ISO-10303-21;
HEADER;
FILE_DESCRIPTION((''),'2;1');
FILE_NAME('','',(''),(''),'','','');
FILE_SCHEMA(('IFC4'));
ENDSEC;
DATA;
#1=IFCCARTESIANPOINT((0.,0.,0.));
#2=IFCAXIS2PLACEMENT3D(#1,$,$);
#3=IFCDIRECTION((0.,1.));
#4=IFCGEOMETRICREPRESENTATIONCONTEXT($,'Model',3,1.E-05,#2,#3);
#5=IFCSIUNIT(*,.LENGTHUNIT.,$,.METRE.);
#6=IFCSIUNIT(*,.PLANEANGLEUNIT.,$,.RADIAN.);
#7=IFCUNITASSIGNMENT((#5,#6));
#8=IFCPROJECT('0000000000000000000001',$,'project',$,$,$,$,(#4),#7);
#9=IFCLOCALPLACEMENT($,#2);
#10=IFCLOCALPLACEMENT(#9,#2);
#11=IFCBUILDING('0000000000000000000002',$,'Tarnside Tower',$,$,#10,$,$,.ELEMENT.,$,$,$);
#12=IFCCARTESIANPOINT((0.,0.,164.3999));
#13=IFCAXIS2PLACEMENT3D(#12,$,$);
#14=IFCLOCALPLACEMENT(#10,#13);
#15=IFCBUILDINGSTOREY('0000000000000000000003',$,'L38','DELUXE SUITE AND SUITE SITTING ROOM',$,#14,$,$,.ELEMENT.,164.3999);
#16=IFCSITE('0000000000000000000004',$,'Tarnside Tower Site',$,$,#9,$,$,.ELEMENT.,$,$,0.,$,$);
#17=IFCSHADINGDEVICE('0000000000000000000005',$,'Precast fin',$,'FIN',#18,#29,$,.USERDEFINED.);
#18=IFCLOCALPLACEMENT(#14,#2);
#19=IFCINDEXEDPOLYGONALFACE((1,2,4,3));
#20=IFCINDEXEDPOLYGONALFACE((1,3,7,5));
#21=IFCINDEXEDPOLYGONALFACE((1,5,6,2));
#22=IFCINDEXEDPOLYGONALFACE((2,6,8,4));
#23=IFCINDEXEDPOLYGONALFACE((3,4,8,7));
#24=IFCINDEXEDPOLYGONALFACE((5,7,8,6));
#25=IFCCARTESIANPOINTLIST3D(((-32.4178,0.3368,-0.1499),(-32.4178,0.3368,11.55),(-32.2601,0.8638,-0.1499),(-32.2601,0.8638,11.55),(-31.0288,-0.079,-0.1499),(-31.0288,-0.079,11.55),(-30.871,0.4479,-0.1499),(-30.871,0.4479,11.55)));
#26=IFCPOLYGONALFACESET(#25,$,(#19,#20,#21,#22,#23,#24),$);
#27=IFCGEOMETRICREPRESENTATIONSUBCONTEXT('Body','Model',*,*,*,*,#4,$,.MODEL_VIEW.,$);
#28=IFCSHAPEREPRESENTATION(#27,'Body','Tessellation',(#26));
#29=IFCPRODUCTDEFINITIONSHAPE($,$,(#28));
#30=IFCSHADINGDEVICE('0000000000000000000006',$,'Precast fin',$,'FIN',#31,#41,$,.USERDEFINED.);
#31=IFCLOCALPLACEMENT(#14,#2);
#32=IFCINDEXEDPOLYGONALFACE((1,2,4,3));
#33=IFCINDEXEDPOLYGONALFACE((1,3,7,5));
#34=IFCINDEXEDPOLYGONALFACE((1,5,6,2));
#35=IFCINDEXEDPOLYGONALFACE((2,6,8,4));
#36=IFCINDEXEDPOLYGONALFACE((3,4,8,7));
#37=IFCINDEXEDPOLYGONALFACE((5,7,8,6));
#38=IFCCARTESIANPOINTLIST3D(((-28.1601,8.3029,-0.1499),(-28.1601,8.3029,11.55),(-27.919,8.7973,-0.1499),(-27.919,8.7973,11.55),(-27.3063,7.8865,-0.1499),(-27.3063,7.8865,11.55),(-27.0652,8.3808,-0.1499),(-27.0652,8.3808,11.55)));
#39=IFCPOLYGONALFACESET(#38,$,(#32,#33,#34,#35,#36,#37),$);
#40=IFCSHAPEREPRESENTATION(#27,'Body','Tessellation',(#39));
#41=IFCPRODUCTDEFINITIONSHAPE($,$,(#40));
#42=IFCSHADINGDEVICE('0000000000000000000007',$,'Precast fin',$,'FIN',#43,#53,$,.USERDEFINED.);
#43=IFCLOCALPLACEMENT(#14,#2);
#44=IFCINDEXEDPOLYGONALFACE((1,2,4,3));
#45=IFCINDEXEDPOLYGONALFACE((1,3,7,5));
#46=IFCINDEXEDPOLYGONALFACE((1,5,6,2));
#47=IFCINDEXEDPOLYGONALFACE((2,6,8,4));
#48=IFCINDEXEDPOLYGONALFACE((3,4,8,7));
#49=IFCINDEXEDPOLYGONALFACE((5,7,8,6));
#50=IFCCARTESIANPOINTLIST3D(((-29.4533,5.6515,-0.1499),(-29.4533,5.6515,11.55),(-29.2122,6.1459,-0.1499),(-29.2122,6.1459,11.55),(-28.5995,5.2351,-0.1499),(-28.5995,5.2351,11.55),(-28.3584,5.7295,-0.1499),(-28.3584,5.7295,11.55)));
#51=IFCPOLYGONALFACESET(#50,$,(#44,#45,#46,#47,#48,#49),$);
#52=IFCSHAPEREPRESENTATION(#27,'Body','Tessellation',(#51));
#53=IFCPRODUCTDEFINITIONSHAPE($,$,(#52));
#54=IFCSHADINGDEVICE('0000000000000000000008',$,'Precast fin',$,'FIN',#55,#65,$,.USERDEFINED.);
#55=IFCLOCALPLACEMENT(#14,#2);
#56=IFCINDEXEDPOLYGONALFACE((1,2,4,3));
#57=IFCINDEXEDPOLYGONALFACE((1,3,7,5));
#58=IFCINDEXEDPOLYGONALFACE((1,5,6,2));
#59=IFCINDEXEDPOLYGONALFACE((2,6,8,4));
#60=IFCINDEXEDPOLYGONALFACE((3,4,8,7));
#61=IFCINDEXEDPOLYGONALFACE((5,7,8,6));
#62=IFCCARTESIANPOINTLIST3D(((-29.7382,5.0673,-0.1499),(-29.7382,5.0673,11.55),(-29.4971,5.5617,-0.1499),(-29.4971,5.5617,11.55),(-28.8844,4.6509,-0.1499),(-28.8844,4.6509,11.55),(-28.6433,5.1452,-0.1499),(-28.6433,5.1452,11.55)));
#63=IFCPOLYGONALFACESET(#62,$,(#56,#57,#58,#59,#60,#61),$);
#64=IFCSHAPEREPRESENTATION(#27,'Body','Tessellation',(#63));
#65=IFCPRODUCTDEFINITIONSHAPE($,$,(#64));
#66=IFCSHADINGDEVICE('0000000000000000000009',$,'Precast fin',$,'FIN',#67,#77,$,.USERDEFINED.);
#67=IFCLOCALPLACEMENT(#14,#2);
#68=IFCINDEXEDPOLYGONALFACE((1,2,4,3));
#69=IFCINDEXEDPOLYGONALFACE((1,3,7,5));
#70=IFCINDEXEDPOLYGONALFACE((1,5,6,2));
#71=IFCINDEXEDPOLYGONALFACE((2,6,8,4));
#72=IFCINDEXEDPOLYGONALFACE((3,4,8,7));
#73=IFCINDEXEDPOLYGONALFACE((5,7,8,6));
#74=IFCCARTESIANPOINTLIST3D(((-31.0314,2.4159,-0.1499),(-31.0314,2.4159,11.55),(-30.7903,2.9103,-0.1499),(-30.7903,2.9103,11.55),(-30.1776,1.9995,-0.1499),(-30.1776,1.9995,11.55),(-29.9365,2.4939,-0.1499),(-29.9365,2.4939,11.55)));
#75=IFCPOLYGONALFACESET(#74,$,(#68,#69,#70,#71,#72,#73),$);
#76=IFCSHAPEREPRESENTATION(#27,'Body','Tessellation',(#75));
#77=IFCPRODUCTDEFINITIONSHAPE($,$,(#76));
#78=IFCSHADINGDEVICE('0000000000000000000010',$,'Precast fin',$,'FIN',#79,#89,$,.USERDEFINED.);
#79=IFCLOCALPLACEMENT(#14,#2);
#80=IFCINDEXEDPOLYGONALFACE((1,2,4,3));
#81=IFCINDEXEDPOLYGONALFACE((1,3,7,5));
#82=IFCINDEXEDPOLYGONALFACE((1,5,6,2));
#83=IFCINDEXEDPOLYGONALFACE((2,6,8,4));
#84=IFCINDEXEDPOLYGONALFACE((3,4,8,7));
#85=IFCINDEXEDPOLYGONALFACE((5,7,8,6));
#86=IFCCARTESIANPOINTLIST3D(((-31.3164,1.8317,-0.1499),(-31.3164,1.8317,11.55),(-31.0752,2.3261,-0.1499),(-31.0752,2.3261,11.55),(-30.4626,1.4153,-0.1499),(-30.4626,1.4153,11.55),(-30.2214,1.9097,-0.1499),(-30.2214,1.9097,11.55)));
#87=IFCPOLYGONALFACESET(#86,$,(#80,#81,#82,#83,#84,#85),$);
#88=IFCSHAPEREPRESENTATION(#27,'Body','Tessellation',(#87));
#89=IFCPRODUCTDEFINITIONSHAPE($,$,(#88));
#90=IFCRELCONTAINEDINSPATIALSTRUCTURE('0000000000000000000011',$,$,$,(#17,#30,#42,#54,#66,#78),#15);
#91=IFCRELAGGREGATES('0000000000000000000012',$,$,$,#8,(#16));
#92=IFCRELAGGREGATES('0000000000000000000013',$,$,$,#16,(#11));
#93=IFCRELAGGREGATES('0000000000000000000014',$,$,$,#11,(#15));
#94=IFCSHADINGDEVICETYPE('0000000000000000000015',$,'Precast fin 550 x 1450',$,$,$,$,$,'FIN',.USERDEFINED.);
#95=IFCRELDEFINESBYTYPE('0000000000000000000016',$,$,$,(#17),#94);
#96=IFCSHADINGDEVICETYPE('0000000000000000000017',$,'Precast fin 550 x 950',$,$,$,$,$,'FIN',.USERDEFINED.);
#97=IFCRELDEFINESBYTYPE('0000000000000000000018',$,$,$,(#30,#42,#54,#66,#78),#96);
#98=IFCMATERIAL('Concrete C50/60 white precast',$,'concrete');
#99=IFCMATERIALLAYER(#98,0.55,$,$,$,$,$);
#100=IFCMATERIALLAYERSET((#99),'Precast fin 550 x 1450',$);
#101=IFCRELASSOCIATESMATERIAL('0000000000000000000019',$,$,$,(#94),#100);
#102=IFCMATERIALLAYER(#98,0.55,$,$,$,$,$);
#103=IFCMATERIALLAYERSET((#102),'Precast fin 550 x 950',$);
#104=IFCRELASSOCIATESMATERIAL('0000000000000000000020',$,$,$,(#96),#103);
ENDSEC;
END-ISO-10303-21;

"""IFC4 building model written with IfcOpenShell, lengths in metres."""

from ifc_helpers import new_model, si_unit, direction, frame, origin, place, context, subcontext, project, spatial, polyline, outline, extrude, material, layer, layer_set, type_object, element, save


model = new_model("IFC4")

# Units and contexts
model_context = context("Model", 3, precision=1e-05, world=origin(), true_north=direction((0.0, 1.0)))
body_context = subcontext(model_context, "Body", "Model", "MODEL_VIEW")
ifc_project = project(units=[si_unit("LENGTHUNIT", "METRE"), si_unit("PLANEANGLEUNIT", "RADIAN")], contexts=[model_context])

# Site, building, storey
site_placement = place(None, origin())
site = spatial("IfcSite", under=ifc_project, at=site_placement, Name="Tarnside Tower Site", CompositionType="ELEMENT", RefElevation=0.0)
building_placement = place(site_placement, origin())
building = spatial("IfcBuilding", under=site, at=building_placement, Name="Tarnside Tower", CompositionType="ELEMENT")
storey_placement = place(building_placement, frame((0.0, 0.0, 164.3999)))
storey = spatial("IfcBuildingStorey", under=building, at=storey_placement, Name="L38", Description="DELUXE SUITE AND SUITE SITTING ROOM", CompositionType="ELEMENT", Elevation=164.3999)

# Shading devices
ifc_material_1 = material(Name="Concrete C50/60 white precast", Category="concrete")
ifc_layer_1 = layer(ifc_material_1, 0.55)
ifc_layer_set_1 = layer_set([ifc_layer_1], Name="Precast fin 550 x 1450")
shading_device_type_1 = type_object("IfcShadingDeviceType", Name="Precast fin 550 x 1450", ElementType="FIN", PredefinedType="USERDEFINED", material=ifc_layer_set_1)
shading_device_placement = place(storey_placement, frame((-30.95, 0.1843, -0.1499), z_axis=(0.286803, 0.95799, 0.0), x_axis=(-0.95799, 0.286803, 0.0)))
element("IfcShadingDevice", 1, at=shading_device_placement, inside=storey, type_object=shading_device_type_1, Name="Precast fin", ObjectType="FIN", PredefinedType="USERDEFINED", context=body_context, shape_type="SweptSolid", body=[
    extrude(outline(polyline([(0.0, 0.0), (1.45, 0.0), (1.45, 11.7), (0.0, 11.7), (0.0, 0.0)])), frame((0.0, 0.0, -0.2749)), (0.0, 0.0, 1.0), 0.55),
])
ifc_layer_2 = layer(ifc_material_1, 0.55)
ifc_layer_set_2 = layer_set([ifc_layer_2], Name="Precast fin 550 x 950")
shading_device_type_2 = type_object("IfcShadingDeviceType", Name="Precast fin 550 x 950", ElementType="FIN", PredefinedType="USERDEFINED", material=ifc_layer_set_2)
for number, where, z_axis, x_axis, name in (
    (2, (-27.1858, 8.1335, -0.1499), (0.438371, 0.898794, 0.0), (-0.898794, 0.438371, 0.0), "Precast fin"),
    (3, (-28.479, 5.4822, -0.1499), (0.438371, 0.898794, 0.0), (-0.898794, 0.438371, 0.0), "Precast fin"),
    (4, (-28.7639, 4.8979, -0.1499), (0.438371, 0.898794, 0.0), (-0.898794, 0.438371, 0.0), "Precast fin"),
    (5, (-30.0571, 2.2466, -0.1499), (0.438371, 0.898794, 0.0), (-0.898794, 0.438371, 0.0), "Precast fin"),
    (6, (-30.342, 1.6624, -0.1499), (0.438371, 0.898794, 0.0), (-0.898794, 0.438371, 0.0), "Precast fin"),
):
    element("IfcShadingDevice", number, at=place(storey_placement, frame(where, z_axis=z_axis, x_axis=x_axis)), inside=storey, type_object=shading_device_type_2, Name=name, ObjectType="FIN", PredefinedType="USERDEFINED", context=body_context, shape_type="SweptSolid", body=[
        extrude(outline(polyline([(0.0, 0.0), (0.95, 0.0), (0.95, 11.7), (0.0, 11.7), (0.0, 0.0)])), frame((0.0, 0.0, -0.2749)), (0.0, 0.0, 1.0), 0.55),
    ])

save(model, "model.ifc")
